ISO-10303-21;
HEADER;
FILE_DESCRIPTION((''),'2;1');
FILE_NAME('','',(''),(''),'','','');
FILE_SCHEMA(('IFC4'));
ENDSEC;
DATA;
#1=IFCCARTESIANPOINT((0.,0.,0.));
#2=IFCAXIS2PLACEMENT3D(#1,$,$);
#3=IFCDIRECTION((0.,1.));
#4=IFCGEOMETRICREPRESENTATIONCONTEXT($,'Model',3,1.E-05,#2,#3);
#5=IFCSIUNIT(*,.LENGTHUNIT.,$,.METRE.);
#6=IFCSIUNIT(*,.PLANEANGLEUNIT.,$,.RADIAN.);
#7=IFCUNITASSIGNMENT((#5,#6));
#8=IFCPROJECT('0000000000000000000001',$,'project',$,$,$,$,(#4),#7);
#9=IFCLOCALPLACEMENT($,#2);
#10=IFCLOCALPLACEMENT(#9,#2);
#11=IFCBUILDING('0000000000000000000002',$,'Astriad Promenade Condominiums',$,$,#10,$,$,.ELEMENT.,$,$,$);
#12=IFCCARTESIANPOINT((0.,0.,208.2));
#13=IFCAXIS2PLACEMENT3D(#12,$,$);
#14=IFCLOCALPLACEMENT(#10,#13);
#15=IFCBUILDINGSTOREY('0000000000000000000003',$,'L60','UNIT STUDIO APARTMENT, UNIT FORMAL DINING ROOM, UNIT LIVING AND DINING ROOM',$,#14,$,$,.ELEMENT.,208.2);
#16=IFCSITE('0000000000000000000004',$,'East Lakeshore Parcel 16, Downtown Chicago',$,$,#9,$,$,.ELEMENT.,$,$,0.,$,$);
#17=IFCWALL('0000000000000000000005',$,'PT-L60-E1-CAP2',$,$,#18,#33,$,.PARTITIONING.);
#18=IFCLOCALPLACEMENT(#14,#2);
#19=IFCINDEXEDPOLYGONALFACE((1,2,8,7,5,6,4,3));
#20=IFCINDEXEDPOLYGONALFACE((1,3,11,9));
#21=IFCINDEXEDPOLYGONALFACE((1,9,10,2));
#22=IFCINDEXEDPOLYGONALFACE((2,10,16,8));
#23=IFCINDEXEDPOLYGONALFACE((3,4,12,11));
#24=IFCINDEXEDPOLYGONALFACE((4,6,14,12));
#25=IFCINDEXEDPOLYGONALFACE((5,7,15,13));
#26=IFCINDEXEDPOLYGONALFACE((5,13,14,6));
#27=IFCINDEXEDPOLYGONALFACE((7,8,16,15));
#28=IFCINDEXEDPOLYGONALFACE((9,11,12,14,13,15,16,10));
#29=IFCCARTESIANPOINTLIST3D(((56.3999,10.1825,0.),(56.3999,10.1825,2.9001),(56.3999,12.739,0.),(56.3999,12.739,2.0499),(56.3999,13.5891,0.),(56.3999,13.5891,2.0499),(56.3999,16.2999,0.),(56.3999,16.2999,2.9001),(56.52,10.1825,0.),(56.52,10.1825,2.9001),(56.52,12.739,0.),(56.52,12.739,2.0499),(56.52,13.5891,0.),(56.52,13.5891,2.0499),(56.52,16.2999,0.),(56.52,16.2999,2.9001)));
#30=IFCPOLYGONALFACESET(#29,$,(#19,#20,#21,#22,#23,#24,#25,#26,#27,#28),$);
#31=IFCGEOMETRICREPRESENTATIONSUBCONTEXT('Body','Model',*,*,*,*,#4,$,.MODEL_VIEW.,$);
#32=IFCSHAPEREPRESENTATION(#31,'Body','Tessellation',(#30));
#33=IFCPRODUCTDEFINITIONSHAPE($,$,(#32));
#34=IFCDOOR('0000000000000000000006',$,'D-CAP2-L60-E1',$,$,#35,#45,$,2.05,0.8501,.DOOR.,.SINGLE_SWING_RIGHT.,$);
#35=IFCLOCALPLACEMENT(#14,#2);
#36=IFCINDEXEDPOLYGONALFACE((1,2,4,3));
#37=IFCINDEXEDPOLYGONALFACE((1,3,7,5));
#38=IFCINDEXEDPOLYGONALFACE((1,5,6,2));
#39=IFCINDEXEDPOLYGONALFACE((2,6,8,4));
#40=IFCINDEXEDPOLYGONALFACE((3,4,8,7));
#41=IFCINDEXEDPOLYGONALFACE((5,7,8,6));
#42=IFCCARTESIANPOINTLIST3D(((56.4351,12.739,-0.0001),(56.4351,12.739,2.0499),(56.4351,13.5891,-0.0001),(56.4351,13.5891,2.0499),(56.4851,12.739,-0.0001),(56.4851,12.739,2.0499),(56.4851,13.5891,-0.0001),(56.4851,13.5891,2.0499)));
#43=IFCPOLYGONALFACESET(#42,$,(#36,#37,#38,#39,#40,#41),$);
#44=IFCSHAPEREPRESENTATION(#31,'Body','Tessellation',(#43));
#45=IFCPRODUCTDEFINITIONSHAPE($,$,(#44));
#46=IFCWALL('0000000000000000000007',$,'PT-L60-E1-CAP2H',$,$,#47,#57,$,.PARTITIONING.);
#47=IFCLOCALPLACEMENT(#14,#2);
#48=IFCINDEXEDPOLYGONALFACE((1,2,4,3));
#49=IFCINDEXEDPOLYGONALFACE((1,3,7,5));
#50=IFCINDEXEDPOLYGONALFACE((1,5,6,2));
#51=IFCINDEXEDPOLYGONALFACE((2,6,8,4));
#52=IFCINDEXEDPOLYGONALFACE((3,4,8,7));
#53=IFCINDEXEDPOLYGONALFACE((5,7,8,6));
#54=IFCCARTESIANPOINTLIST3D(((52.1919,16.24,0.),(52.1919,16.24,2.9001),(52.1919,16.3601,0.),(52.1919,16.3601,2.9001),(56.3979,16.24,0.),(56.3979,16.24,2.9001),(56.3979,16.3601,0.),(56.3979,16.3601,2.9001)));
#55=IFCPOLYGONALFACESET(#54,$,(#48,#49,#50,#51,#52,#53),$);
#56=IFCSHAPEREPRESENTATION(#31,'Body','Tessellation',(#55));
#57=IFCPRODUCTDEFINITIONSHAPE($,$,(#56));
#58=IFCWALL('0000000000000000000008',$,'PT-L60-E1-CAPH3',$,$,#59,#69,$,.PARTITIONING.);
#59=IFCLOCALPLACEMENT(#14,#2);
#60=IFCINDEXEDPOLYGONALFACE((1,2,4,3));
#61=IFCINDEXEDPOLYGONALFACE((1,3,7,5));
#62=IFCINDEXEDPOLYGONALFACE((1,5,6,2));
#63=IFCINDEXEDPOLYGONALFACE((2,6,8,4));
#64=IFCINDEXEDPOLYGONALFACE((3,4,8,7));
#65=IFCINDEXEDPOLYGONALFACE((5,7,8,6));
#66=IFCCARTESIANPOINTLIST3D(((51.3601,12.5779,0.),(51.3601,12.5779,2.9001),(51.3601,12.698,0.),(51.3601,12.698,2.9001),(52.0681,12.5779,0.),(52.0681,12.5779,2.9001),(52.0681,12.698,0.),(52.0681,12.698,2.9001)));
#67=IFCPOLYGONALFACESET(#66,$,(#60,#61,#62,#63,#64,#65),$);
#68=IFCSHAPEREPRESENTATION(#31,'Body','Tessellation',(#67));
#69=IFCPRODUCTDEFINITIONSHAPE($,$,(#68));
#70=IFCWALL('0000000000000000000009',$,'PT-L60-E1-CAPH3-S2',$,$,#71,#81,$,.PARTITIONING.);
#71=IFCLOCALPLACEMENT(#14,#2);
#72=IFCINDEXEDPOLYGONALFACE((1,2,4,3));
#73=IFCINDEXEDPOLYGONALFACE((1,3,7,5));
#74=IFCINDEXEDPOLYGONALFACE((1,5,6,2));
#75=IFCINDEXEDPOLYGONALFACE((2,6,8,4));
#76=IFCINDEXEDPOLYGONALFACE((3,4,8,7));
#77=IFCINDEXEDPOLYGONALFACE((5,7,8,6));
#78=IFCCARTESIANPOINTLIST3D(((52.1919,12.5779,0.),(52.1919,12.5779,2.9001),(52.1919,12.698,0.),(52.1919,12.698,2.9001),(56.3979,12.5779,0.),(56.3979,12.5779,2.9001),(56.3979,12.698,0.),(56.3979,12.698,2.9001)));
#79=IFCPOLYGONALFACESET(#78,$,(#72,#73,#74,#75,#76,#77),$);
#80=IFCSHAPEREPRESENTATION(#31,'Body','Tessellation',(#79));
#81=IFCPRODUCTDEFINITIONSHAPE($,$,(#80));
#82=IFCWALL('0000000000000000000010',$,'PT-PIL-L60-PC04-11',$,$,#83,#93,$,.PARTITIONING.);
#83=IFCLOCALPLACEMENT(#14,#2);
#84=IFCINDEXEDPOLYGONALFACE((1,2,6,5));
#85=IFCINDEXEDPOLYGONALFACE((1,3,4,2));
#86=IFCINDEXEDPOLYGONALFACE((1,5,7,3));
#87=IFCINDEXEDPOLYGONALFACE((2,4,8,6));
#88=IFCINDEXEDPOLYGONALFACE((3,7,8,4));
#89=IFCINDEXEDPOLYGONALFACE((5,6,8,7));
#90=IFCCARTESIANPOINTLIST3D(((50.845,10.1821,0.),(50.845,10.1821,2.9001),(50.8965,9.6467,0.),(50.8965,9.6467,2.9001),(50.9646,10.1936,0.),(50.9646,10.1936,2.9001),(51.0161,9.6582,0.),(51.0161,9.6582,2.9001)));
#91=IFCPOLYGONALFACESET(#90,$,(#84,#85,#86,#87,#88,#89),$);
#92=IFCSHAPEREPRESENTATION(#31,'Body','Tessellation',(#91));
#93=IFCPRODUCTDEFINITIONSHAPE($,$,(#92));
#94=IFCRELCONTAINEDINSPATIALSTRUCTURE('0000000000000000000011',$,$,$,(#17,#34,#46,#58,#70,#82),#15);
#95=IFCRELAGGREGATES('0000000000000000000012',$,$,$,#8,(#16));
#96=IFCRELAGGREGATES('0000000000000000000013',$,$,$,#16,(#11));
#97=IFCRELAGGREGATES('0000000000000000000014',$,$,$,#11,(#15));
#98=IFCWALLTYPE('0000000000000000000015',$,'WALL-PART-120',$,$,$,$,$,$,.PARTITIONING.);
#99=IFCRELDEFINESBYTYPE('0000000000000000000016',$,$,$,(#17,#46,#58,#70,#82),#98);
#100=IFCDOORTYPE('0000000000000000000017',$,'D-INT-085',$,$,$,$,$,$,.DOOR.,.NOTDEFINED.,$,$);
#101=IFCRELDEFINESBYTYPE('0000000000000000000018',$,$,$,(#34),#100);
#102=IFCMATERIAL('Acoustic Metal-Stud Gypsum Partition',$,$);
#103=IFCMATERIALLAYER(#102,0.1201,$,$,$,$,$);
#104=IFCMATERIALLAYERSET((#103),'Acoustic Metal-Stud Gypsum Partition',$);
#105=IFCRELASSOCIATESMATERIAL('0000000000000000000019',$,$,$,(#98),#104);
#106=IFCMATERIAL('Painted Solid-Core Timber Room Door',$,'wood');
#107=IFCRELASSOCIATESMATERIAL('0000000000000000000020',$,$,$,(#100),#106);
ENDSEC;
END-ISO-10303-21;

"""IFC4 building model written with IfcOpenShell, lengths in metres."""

from ifc_helpers import new_model, si_unit, direction, frame, frame_2d, origin, place, context, subcontext, project, spatial, rectangle, extrude, source, transform, mapped, material, layer, layer_set, type_object, type_shapes, element, fill, save


model = new_model("IFC4")

# Units and contexts
model_context = context("Model", 3, precision=1e-05, world=origin(), true_north=direction((0.0, 1.0)))
body_context = subcontext(model_context, "Body", "Model", "MODEL_VIEW")
ifc_project = project(units=[si_unit("LENGTHUNIT", "METRE"), si_unit("PLANEANGLEUNIT", "RADIAN")], contexts=[model_context])

# Site, building, storey
site_placement = place(None, origin())
site = spatial("IfcSite", under=ifc_project, at=site_placement, Name="East Lakeshore Parcel 16, Downtown Chicago", CompositionType="ELEMENT", RefElevation=0.0)
building_placement = place(site_placement, origin())
building = spatial("IfcBuilding", under=site, at=building_placement, Name="Astriad Promenade Condominiums", CompositionType="ELEMENT")
storey_placement = place(building_placement, frame((0.0, 0.0, 208.2)))
storey = spatial("IfcBuildingStorey", under=building, at=storey_placement, Name="L60", Description="UNIT STUDIO APARTMENT, UNIT FORMAL DINING ROOM, UNIT LIVING AND DINING ROOM", CompositionType="ELEMENT", Elevation=208.2)

# Shared definitions
ifc_material_1 = material(Name="Acoustic Metal-Stud Gypsum Partition")
ifc_layer = layer(ifc_material_1, 0.1201)
ifc_layer_set = layer_set([ifc_layer], Name="Acoustic Metal-Stud Gypsum Partition")
wall_type = type_object("IfcWallType", Name="WALL-PART-120", PredefinedType="PARTITIONING", material=ifc_layer_set)

# Wall, opening, door
wall_1_placement = place(storey_placement, frame((56.46, 10.1826, 0.0), z_axis=(0.0, 0.0, 1.0), x_axis=(0.0, 1.0, 0.0)))
wall_1 = element("IfcWall", 1, at=wall_1_placement, inside=storey, type_object=wall_type, Name="PT-L60-E1-CAP2", PredefinedType="PARTITIONING", context=body_context, shape_type="SweptSolid", body=[
    extrude(rectangle(XDim=6.1174, YDim=0.1201, at=frame_2d((3.0586, 0.0))), origin(), (0.0, 0.0, 1.0), 2.9001),
])
opening_1_placement = place(wall_1_placement, frame((2.5564, 0.0, 0.0)))
opening_1 = element("IfcOpeningElement", 2, at=opening_1_placement, cuts=wall_1, PredefinedType="OPENING", context=body_context, shape_type="SweptSolid", body=[
    extrude(rectangle(XDim=0.8501, YDim=2.05, at=frame_2d((0.425, 1.0249))), frame((0.0, 0.0701, 0.0), z_axis=(0.0, -1.0, 0.0), x_axis=(1.0, 0.0, 0.0)), (0.0, 0.0, 1.0), 0.1401),
])
ifc_material_2 = material(Name="Painted Solid-Core Timber Room Door", Category="wood")
door_type_1 = type_object("IfcDoorType", Name="D-INT-085", OperationType="NOTDEFINED", PredefinedType="DOOR", material=ifc_material_2)
shared_shape_1 = source(origin(), body_context, "Body", "SweptSolid", [
    extrude(rectangle(XDim=0.8501, YDim=2.05, at=frame_2d((0.425, 1.0249))), frame((0.0, 0.0249, 0.0), z_axis=(0.0, -1.0, 0.0), x_axis=(1.0, 0.0, 0.0)), (0.0, 0.0, 1.0), 0.05),
])
type_shapes(door_type_1, [shared_shape_1])
door_1_placement = place(opening_1_placement, origin())
door_1 = element("IfcDoor", 3, at=door_1_placement, inside=storey, type_object=door_type_1, Name="D-CAP2-L60-E1", OperationType="SINGLE_SWING_RIGHT", OverallHeight=2.05, OverallWidth=0.8501, PredefinedType="DOOR", context=body_context, shape_type="MappedRepresentation", body=[
    mapped(shared_shape_1, transform((0.0, 0.0, 0.0), scale=1.0)),
])
fill(opening_1, door_1)

# Walls
wall_2_placement = place(storey_placement, frame((52.1919, 16.3, 0.0), z_axis=(0.0, 0.0, 1.0), x_axis=(1.0, 0.0, 0.0)))
element("IfcWall", 4, at=wall_2_placement, inside=storey, type_object=wall_type, Name="PT-L60-E1-CAP2H", PredefinedType="PARTITIONING", context=body_context, shape_type="SweptSolid", body=[
    extrude(rectangle(XDim=4.2061, YDim=0.1201, at=frame_2d((2.103, 0.0))), origin(), (0.0, 0.0, 1.0), 2.9001),
])
wall_3_placement = place(storey_placement, frame((51.3601, 12.6379, 0.0), z_axis=(0.0, 0.0, 1.0), x_axis=(1.0, 0.0, 0.0)))
element("IfcWall", 5, at=wall_3_placement, inside=storey, type_object=wall_type, Name="PT-L60-E1-CAPH3", PredefinedType="PARTITIONING", context=body_context, shape_type="SweptSolid", body=[
    extrude(rectangle(XDim=0.708, YDim=0.1201, at=frame_2d((0.354, 0.0))), origin(), (0.0, 0.0, 1.0), 2.9001),
])
wall_4_placement = place(storey_placement, frame((52.1919, 12.6379, 0.0), z_axis=(0.0, 0.0, 1.0), x_axis=(1.0, 0.0, 0.0)))
element("IfcWall", 6, at=wall_4_placement, inside=storey, type_object=wall_type, Name="PT-L60-E1-CAPH3-S2", PredefinedType="PARTITIONING", context=body_context, shape_type="SweptSolid", body=[
    extrude(rectangle(XDim=4.2061, YDim=0.1201, at=frame_2d((2.103, 0.0))), origin(), (0.0, 0.0, 1.0), 2.9001),
])
wall_5_placement = place(storey_placement, frame((50.9048, 10.188, 0.0), z_axis=(0.0, 0.0, 1.0), x_axis=(0.095773, -0.995403, 0.0)))
element("IfcWall", 7, at=wall_5_placement, inside=storey, type_object=wall_type, Name="PT-PIL-L60-PC04-11", PredefinedType="PARTITIONING", context=body_context, shape_type="SweptSolid", body=[
    extrude(rectangle(XDim=0.5378, YDim=0.1201, at=frame_2d((0.269, 0.0))), origin(), (0.0, 0.0, 1.0), 2.9001),
])

save(model, "model.ifc")
